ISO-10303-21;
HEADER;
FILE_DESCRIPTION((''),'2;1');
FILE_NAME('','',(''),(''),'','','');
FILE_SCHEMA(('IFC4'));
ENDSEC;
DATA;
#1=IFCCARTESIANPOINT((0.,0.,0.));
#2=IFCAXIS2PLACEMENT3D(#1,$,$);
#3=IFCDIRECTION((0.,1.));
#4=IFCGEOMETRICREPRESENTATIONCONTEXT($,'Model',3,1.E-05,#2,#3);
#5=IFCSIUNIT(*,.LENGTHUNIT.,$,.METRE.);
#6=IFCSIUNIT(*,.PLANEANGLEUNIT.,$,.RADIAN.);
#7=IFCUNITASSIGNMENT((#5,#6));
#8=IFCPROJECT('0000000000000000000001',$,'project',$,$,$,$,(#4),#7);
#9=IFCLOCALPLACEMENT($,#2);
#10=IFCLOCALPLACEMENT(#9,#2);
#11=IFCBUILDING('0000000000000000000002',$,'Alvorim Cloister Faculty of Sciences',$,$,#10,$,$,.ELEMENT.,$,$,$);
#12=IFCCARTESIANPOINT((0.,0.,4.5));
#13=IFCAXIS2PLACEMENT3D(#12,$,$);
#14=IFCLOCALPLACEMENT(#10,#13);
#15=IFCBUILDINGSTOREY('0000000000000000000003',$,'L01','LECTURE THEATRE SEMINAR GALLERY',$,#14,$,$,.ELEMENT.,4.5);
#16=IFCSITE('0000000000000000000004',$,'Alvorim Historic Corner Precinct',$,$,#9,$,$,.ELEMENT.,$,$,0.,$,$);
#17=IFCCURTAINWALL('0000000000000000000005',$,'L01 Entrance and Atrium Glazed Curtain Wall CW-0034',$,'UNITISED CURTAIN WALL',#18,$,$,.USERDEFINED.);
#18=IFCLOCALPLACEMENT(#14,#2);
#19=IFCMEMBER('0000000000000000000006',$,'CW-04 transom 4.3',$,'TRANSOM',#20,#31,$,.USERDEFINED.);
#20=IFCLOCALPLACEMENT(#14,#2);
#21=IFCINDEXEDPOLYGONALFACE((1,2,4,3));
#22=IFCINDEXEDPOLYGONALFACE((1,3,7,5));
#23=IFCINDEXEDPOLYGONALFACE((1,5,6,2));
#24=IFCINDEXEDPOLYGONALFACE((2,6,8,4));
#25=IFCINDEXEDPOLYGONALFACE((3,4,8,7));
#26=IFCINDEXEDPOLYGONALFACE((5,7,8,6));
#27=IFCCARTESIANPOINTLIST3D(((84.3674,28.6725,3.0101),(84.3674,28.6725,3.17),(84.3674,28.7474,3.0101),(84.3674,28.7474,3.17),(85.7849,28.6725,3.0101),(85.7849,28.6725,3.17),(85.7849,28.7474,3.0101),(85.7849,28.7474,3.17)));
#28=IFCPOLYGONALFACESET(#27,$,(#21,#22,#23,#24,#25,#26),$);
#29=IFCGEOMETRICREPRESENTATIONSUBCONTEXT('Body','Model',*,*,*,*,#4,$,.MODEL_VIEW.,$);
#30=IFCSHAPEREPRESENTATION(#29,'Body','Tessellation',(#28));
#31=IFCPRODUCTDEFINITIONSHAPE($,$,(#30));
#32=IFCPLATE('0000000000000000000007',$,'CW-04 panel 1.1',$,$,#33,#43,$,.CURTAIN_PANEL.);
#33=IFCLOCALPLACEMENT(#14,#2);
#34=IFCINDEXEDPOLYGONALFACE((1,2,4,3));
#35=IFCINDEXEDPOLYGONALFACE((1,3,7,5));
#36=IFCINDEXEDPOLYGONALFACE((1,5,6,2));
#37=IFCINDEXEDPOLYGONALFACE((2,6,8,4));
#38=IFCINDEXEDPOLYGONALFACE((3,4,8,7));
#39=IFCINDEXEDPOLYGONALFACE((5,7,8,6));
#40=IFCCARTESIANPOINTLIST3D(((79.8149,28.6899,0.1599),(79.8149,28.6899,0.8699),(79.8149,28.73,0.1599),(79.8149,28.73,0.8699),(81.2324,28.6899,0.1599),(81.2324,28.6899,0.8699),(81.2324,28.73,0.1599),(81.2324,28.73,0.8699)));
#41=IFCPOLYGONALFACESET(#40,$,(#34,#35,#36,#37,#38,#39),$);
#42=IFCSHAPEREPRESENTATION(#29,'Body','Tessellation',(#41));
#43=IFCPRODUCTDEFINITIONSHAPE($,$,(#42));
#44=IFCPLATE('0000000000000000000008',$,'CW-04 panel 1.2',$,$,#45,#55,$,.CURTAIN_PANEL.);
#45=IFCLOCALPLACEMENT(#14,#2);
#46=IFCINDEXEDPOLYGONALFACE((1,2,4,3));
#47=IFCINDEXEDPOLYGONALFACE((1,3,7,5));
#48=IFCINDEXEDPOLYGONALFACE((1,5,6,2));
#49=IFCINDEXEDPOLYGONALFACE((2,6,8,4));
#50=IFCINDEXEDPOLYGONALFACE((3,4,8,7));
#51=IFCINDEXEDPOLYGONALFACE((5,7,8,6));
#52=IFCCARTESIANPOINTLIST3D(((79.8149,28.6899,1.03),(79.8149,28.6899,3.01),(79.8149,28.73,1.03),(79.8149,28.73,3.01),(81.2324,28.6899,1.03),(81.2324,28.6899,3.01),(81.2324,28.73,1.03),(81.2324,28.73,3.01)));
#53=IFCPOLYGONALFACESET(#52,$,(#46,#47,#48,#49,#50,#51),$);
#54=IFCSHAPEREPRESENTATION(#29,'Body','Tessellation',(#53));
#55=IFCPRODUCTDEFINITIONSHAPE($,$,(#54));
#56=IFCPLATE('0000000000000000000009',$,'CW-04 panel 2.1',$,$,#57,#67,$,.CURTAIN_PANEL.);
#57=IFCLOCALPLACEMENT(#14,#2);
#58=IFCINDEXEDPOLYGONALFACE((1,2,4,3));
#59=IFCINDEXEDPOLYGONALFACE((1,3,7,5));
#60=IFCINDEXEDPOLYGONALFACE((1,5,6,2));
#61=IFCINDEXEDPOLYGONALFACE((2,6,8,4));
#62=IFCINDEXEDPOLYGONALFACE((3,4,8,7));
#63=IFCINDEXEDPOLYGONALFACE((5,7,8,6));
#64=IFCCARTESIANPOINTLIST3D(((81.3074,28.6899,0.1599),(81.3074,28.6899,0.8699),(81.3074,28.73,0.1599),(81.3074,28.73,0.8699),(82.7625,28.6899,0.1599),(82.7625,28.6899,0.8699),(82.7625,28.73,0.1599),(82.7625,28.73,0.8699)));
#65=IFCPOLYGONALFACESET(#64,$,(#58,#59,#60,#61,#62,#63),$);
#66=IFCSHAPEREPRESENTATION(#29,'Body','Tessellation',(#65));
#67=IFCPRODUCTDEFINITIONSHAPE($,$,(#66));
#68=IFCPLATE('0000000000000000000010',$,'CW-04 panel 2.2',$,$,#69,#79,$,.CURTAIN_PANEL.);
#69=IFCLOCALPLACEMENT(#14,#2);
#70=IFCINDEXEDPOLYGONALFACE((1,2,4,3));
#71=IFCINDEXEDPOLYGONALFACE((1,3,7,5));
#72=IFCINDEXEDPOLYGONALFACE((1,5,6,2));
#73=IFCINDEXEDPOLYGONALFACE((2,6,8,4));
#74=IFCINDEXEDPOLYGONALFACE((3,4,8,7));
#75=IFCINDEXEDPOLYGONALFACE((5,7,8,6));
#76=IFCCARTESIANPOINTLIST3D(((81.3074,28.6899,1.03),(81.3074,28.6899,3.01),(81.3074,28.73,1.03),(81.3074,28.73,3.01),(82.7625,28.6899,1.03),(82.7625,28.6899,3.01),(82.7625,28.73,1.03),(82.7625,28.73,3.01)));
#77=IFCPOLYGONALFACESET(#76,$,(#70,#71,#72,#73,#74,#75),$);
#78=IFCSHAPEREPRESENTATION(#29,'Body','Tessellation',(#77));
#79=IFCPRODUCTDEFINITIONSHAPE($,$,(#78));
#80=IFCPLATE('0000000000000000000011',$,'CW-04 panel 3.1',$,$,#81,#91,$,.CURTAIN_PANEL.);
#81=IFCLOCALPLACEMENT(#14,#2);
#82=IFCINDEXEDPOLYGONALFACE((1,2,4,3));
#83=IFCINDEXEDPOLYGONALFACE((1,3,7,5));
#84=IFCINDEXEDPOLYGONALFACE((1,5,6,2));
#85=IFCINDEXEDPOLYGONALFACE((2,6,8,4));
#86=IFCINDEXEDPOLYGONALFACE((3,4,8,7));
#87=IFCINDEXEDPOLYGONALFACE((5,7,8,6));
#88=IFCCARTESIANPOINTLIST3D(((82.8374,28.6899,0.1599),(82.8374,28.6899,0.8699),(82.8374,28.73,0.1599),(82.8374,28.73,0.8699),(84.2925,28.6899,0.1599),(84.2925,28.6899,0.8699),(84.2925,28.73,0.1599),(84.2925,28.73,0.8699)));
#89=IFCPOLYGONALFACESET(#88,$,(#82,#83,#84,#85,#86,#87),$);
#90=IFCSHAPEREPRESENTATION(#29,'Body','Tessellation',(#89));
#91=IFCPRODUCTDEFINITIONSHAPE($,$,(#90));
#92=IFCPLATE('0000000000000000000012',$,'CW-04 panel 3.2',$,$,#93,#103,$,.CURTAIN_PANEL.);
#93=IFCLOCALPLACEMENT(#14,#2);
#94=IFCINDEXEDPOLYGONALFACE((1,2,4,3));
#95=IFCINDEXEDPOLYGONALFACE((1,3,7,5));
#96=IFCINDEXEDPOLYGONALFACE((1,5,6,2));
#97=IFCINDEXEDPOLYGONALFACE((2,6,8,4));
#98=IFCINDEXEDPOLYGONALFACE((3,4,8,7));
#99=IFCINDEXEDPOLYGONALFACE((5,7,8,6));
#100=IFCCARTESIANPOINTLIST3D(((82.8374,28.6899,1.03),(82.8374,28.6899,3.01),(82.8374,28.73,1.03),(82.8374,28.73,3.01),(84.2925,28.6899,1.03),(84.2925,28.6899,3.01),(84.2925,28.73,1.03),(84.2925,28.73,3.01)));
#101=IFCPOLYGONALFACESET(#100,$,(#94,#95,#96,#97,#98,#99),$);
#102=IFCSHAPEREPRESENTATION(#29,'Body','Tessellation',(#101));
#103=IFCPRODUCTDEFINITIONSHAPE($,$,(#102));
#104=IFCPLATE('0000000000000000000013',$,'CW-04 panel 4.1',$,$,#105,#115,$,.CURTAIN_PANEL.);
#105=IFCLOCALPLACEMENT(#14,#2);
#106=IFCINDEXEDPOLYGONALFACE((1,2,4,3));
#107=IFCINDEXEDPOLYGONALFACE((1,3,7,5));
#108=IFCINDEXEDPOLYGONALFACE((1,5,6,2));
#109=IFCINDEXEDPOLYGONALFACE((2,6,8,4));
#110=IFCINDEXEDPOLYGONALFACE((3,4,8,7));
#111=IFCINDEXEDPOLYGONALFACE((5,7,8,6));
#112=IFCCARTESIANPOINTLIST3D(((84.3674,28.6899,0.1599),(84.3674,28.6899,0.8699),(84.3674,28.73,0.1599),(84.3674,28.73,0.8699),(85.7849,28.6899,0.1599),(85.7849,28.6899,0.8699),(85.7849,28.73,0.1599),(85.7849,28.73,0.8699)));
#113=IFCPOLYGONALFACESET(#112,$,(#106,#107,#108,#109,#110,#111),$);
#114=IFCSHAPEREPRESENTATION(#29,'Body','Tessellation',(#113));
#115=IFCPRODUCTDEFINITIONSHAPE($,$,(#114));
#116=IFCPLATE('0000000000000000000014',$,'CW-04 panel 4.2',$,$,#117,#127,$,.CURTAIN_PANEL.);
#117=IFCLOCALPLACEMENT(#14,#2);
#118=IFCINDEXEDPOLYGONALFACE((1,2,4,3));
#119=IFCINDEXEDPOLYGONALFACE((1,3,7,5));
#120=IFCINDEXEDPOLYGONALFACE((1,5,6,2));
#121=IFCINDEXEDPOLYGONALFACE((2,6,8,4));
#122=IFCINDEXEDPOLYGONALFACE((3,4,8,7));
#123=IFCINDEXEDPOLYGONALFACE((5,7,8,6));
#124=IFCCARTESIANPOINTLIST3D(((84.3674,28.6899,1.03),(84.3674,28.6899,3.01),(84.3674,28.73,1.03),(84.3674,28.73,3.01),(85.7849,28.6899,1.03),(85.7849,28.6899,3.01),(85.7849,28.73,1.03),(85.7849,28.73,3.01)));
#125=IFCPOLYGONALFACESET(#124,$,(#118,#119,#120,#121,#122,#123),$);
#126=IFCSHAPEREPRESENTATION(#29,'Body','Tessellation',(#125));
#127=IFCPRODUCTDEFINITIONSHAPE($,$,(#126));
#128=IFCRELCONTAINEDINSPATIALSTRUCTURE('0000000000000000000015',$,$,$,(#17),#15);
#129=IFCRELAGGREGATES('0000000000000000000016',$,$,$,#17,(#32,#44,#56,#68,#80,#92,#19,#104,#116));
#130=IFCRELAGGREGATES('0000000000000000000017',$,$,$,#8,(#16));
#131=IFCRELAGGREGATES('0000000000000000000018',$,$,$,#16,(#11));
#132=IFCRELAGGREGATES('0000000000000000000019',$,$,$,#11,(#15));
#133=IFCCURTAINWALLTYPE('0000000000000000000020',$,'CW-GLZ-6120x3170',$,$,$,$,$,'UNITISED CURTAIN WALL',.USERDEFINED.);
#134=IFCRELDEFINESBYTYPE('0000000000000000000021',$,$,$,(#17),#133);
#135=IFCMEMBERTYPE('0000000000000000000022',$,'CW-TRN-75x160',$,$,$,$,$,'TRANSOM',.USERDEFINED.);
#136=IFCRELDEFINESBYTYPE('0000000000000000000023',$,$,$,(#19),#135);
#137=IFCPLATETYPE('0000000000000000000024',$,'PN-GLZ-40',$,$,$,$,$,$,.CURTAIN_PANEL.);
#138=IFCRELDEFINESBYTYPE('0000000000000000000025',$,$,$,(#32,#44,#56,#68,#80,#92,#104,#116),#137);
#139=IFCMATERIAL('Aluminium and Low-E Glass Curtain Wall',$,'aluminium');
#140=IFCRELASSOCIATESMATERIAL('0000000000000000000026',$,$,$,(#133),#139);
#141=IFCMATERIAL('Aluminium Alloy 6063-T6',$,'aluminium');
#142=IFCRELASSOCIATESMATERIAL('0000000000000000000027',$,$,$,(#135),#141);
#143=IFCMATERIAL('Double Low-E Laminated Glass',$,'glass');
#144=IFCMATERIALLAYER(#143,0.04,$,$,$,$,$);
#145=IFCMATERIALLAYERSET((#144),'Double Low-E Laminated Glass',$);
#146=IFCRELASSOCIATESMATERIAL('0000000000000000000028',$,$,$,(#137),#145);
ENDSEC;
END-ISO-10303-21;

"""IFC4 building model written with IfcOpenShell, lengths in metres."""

from ifc_helpers import new_model, si_unit, direction, frame, origin, origin_2d, place, context, subcontext, project, spatial, rectangle, extrude, material, layer, layer_set, material_profile, profile_set, type_object, element, aggregate, save


model = new_model("IFC4")

# Units and contexts
model_context = context("Model", 3, precision=1e-05, world=origin(), true_north=direction((0.0, 1.0)))
body_context = subcontext(model_context, "Body", "Model", "MODEL_VIEW")
ifc_project = project(units=[si_unit("LENGTHUNIT", "METRE"), si_unit("PLANEANGLEUNIT", "RADIAN")], contexts=[model_context])

# Site, building, storey
site_placement = place(None, origin())
site = spatial("IfcSite", under=ifc_project, at=site_placement, Name="Alvorim Historic Corner Precinct", CompositionType="ELEMENT", RefElevation=0.0)
building_placement = place(site_placement, origin())
building = spatial("IfcBuilding", under=site, at=building_placement, Name="Alvorim Cloister Faculty of Sciences", CompositionType="ELEMENT")
storey_placement = place(building_placement, frame((0.0, 0.0, 4.5)))
storey = spatial("IfcBuildingStorey", under=building, at=storey_placement, Name="L01", Description="LECTURE THEATRE SEMINAR GALLERY", CompositionType="ELEMENT", Elevation=4.5)

# Curtain wall, member, plates
ifc_material_1 = material(Name="Aluminium and Low-E Glass Curtain Wall", Category="aluminium")
curtain_wall_type = type_object("IfcCurtainWallType", Name="CW-GLZ-6120x3170", ElementType="UNITISED CURTAIN WALL", PredefinedType="USERDEFINED", material=ifc_material_1)
curtain_wall_placement = place(storey_placement, origin())
curtain_wall = element("IfcCurtainWall", 1, at=curtain_wall_placement, inside=storey, type_object=curtain_wall_type, Name="L01 Entrance and Atrium Glazed Curtain Wall CW-0034", ObjectType="UNITISED CURTAIN WALL", PredefinedType="USERDEFINED")
ifc_material_2 = material(Name="Aluminium Alloy 6063-T6", Category="aluminium")
ifc_material_profile_1 = material_profile(ifc_material_2, rectangle(XDim=0.075, YDim=0.1599, at=origin_2d()), Name="ALU-TRN-75x160")
ifc_profile_set_1 = profile_set([ifc_material_profile_1], Name="Aluminium Alloy 6063-T6")
member_type_1 = type_object("IfcMemberType", Name="CW-TRN-75x160", ElementType="TRANSOM", PredefinedType="USERDEFINED", material=ifc_profile_set_1)
member_1_placement = place(storey_placement, frame((84.3674, 28.71, 3.0901), z_axis=(1.0, 0.0, 0.0), x_axis=(0.0, 1.0, 0.0)))
member_1 = element("IfcMember", 2, at=member_1_placement, type_object=member_type_1, Name="CW-04 transom 4.3", ObjectType="TRANSOM", PredefinedType="USERDEFINED", context=body_context, shape_type="SweptSolid", body=[
    extrude(rectangle(XDim=0.075, YDim=0.1599, at=origin_2d()), origin(), (0.0, 0.0, 1.0), 1.4175),
])
ifc_material_3 = material(Name="Double Low-E Laminated Glass", Category="glass")
ifc_layer = layer(ifc_material_3, 0.04)
ifc_layer_set = layer_set([ifc_layer], Name="Double Low-E Laminated Glass")
plate_type = type_object("IfcPlateType", Name="PN-GLZ-40", PredefinedType="CURTAIN_PANEL", material=ifc_layer_set)
plate_1_placement = place(storey_placement, frame((80.5237, 28.71, 0.1599), z_axis=(0.0, 0.0, 1.0), x_axis=(1.0, 0.0, 0.0)))
plate_1 = element("IfcPlate", 3, at=plate_1_placement, type_object=plate_type, Name="CW-04 panel 1.1", PredefinedType="CURTAIN_PANEL", context=body_context, shape_type="SweptSolid", body=[
    extrude(rectangle(XDim=1.4175, YDim=0.04, at=origin_2d()), origin(), (0.0, 0.0, 1.0), 0.71),
])
plate_2_placement = place(storey_placement, frame((80.5237, 28.71, 1.03), z_axis=(0.0, 0.0, 1.0), x_axis=(1.0, 0.0, 0.0)))
plate_2 = element("IfcPlate", 4, at=plate_2_placement, type_object=plate_type, Name="CW-04 panel 1.2", PredefinedType="CURTAIN_PANEL", context=body_context, shape_type="SweptSolid", body=[
    extrude(rectangle(XDim=1.4175, YDim=0.04, at=origin_2d()), origin(), (0.0, 0.0, 1.0), 1.98),
])
plate_3_placement = place(storey_placement, frame((82.0349, 28.71, 0.1599), z_axis=(0.0, 0.0, 1.0), x_axis=(1.0, 0.0, 0.0)))
plate_3 = element("IfcPlate", 5, at=plate_3_placement, type_object=plate_type, Name="CW-04 panel 2.1", PredefinedType="CURTAIN_PANEL", context=body_context, shape_type="SweptSolid", body=[
    extrude(rectangle(XDim=1.4551, YDim=0.04, at=origin_2d()), origin(), (0.0, 0.0, 1.0), 0.71),
])
plate_4_placement = place(storey_placement, frame((82.0349, 28.71, 1.03), z_axis=(0.0, 0.0, 1.0), x_axis=(1.0, 0.0, 0.0)))
plate_4 = element("IfcPlate", 6, at=plate_4_placement, type_object=plate_type, Name="CW-04 panel 2.2", PredefinedType="CURTAIN_PANEL", context=body_context, shape_type="SweptSolid", body=[
    extrude(rectangle(XDim=1.4551, YDim=0.04, at=origin_2d()), origin(), (0.0, 0.0, 1.0), 1.98),
])
plate_5_placement = place(storey_placement, frame((83.5649, 28.71, 0.1599), z_axis=(0.0, 0.0, 1.0), x_axis=(1.0, 0.0, 0.0)))
plate_5 = element("IfcPlate", 7, at=plate_5_placement, type_object=plate_type, Name="CW-04 panel 3.1", PredefinedType="CURTAIN_PANEL", context=body_context, shape_type="SweptSolid", body=[
    extrude(rectangle(XDim=1.4551, YDim=0.04, at=origin_2d()), origin(), (0.0, 0.0, 1.0), 0.71),
])
plate_6_placement = place(storey_placement, frame((83.5649, 28.71, 1.03), z_axis=(0.0, 0.0, 1.0), x_axis=(1.0, 0.0, 0.0)))
plate_6 = element("IfcPlate", 8, at=plate_6_placement, type_object=plate_type, Name="CW-04 panel 3.2", PredefinedType="CURTAIN_PANEL", context=body_context, shape_type="SweptSolid", body=[
    extrude(rectangle(XDim=1.4551, YDim=0.04, at=origin_2d()), origin(), (0.0, 0.0, 1.0), 1.98),
])
plate_7_placement = place(storey_placement, frame((85.0762, 28.71, 0.1599), z_axis=(0.0, 0.0, 1.0), x_axis=(1.0, 0.0, 0.0)))
plate_7 = element("IfcPlate", 9, at=plate_7_placement, type_object=plate_type, Name="CW-04 panel 4.1", PredefinedType="CURTAIN_PANEL", context=body_context, shape_type="SweptSolid", body=[
    extrude(rectangle(XDim=1.4175, YDim=0.04, at=origin_2d()), origin(), (0.0, 0.0, 1.0), 0.71),
])
plate_8_placement = place(storey_placement, frame((85.0762, 28.71, 1.03), z_axis=(0.0, 0.0, 1.0), x_axis=(1.0, 0.0, 0.0)))
plate_8 = element("IfcPlate", 10, at=plate_8_placement, type_object=plate_type, Name="CW-04 panel 4.2", PredefinedType="CURTAIN_PANEL", context=body_context, shape_type="SweptSolid", body=[
    extrude(rectangle(XDim=1.4175, YDim=0.04, at=origin_2d()), origin(), (0.0, 0.0, 1.0), 1.98),
])
aggregate(curtain_wall, [plate_1, plate_2, plate_3, plate_4, plate_5, plate_6, member_1, plate_7, plate_8])

save(model, "model.ifc")
